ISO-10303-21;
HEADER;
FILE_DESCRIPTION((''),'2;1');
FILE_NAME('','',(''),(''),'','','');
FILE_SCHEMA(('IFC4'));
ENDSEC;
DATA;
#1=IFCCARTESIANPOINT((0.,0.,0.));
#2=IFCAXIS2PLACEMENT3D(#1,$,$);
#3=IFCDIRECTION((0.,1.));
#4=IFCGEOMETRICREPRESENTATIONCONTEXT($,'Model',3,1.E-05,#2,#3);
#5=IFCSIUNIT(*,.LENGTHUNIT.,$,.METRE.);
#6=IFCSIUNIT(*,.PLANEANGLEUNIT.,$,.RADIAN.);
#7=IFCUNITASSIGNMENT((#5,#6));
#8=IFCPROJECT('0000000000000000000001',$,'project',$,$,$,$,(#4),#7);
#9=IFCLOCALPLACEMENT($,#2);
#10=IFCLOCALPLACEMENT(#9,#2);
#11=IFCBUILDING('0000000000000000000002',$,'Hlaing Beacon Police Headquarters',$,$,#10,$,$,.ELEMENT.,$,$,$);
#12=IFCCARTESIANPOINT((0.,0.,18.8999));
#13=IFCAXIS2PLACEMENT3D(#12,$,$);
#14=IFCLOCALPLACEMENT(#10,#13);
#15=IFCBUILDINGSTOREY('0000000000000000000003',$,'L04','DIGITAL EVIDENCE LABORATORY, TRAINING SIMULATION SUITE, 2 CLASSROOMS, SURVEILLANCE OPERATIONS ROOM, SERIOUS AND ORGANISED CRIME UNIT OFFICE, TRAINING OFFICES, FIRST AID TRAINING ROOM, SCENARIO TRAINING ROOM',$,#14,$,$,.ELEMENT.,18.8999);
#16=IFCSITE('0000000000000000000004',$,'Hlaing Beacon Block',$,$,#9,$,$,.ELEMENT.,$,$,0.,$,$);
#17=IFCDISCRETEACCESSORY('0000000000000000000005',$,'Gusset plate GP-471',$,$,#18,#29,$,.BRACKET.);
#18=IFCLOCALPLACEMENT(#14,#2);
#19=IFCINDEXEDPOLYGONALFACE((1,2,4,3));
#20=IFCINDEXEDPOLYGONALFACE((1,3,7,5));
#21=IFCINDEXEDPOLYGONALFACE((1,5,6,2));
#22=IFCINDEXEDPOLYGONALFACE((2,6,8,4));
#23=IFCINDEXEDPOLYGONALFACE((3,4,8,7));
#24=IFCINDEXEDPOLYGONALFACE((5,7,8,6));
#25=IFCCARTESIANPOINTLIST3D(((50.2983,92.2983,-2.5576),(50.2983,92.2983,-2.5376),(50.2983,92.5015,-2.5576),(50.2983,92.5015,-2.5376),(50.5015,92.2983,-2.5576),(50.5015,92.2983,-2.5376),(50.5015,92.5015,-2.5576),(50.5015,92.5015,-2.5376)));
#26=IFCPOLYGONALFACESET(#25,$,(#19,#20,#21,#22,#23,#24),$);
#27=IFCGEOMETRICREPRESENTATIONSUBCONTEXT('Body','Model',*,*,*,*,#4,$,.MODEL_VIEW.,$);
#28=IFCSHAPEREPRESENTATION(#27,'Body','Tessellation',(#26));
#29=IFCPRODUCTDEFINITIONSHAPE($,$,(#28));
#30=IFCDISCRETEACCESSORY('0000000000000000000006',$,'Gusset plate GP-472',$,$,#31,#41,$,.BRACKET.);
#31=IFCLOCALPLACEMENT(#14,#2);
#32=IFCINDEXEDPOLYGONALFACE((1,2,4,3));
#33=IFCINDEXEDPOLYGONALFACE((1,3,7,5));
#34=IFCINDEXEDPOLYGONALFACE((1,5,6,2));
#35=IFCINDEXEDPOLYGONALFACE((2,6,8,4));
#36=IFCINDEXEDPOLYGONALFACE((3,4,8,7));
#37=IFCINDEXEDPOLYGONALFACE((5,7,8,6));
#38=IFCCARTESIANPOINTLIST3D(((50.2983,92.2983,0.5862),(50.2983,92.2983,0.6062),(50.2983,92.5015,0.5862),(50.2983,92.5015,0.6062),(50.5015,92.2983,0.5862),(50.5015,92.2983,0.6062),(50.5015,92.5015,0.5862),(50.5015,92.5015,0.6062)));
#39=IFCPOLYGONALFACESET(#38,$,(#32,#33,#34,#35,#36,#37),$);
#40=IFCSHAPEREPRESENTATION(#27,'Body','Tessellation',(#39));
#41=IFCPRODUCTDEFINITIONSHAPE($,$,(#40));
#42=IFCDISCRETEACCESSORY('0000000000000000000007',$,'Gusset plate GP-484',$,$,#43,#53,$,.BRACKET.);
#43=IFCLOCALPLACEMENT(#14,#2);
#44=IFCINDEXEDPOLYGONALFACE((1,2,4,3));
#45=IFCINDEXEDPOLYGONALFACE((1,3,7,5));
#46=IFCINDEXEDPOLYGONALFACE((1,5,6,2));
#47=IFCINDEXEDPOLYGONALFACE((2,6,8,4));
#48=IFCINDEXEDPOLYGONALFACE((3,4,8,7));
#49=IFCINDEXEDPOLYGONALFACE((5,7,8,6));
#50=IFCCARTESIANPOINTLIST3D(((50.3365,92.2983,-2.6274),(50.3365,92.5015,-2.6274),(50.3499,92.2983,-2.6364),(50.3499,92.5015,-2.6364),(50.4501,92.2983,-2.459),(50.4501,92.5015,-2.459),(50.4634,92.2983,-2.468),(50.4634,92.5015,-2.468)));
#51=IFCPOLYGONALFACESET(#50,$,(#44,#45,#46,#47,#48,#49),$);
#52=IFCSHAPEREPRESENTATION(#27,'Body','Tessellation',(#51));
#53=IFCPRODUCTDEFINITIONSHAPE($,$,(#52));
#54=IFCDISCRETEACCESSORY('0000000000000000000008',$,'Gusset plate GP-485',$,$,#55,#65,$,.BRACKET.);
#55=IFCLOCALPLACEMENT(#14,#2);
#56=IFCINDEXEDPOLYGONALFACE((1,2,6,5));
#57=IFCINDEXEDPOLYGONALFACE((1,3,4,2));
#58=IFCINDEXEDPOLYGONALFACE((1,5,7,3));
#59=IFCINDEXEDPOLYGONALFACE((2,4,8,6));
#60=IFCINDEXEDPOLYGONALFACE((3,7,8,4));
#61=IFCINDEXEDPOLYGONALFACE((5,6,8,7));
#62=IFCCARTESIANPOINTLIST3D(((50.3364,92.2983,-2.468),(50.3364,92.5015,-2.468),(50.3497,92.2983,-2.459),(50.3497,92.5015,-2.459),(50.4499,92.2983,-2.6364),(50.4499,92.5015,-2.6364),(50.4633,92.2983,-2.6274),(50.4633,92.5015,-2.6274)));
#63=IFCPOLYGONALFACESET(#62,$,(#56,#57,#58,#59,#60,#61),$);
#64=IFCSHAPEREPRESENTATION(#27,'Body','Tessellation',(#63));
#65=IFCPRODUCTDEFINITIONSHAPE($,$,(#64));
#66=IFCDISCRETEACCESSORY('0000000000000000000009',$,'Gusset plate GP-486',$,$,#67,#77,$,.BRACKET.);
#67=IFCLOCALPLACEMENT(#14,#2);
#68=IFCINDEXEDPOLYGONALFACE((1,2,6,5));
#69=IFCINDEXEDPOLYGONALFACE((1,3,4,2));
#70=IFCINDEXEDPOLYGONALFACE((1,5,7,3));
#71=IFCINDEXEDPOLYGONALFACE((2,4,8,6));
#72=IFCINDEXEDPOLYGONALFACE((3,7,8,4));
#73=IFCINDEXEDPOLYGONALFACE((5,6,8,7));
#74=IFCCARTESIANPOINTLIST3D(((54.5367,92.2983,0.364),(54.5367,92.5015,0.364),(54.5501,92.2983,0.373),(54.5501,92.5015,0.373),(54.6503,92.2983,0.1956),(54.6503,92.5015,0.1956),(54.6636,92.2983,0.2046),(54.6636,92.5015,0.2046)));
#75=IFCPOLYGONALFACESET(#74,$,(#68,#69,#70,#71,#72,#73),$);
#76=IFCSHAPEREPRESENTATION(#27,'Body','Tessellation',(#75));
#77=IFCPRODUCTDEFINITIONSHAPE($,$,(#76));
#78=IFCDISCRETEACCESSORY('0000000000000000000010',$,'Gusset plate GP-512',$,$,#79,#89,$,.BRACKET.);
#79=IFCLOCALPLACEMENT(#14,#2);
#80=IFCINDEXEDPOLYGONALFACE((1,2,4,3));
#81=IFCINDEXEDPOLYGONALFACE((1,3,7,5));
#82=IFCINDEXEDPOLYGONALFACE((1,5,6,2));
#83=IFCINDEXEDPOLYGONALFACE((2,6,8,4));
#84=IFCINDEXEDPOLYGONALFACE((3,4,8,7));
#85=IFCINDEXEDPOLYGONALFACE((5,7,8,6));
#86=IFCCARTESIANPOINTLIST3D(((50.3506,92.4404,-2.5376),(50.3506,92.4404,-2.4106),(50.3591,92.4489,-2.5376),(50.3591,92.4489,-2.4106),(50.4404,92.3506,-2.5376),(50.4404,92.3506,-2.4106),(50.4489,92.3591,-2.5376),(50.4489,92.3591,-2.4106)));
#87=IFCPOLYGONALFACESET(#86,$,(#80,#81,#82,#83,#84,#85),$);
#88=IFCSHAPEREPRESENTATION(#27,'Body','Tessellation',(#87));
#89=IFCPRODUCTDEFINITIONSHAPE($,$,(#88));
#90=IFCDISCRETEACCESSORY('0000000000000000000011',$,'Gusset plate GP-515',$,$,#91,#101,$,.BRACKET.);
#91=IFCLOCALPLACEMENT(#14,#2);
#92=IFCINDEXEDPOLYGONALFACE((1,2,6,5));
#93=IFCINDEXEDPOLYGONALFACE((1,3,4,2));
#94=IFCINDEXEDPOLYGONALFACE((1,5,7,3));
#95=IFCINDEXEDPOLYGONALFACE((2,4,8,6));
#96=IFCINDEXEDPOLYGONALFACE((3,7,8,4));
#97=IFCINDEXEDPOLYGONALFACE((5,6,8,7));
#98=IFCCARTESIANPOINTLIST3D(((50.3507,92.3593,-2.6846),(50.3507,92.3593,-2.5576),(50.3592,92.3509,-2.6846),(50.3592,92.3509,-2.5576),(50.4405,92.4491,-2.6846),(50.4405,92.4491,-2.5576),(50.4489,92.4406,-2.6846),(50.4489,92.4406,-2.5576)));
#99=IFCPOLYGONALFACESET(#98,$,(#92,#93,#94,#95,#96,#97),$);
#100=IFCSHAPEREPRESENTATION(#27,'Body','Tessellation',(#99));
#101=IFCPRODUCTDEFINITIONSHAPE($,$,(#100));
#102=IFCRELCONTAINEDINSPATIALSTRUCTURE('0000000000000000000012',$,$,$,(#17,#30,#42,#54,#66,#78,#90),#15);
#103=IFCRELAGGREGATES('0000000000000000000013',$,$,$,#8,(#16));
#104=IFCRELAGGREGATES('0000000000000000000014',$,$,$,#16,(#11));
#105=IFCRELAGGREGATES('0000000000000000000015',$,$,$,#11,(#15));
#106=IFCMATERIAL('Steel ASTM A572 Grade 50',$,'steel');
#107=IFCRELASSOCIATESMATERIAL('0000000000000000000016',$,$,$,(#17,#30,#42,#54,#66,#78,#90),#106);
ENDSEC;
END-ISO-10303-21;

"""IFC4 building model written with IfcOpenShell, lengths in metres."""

from ifc_helpers import new_model, si_unit, direction, frame, origin, origin_2d, place, context, subcontext, project, spatial, rectangle, extrude, material, element, save


model = new_model("IFC4")

# Units and contexts
model_context = context("Model", 3, precision=1e-05, world=origin(), true_north=direction((0.0, 1.0)))
body_context = subcontext(model_context, "Body", "Model", "MODEL_VIEW")
ifc_project = project(units=[si_unit("LENGTHUNIT", "METRE"), si_unit("PLANEANGLEUNIT", "RADIAN")], contexts=[model_context])

# Site, building, storey
site_placement = place(None, origin())
site = spatial("IfcSite", under=ifc_project, at=site_placement, Name="Hlaing Beacon Block", CompositionType="ELEMENT", RefElevation=0.0)
building_placement = place(site_placement, origin())
building = spatial("IfcBuilding", under=site, at=building_placement, Name="Hlaing Beacon Police Headquarters", CompositionType="ELEMENT")
storey_placement = place(building_placement, frame((0.0, 0.0, 18.8999)))
storey = spatial("IfcBuildingStorey", under=building, at=storey_placement, Name="L04", Description="DIGITAL EVIDENCE LABORATORY, TRAINING SIMULATION SUITE, 2 CLASSROOMS, SURVEILLANCE OPERATIONS ROOM, SERIOUS AND ORGANISED CRIME UNIT OFFICE, TRAINING OFFICES, FIRST AID TRAINING ROOM, SCENARIO TRAINING ROOM", CompositionType="ELEMENT", Elevation=18.8999)

# Discrete accessories
ifc_material_1 = material(Name="Steel ASTM A572 Grade 50", Category="steel")
for number, where, z_axis, x_axis, name in (
    (1, (50.3999, 92.3999, -2.5376), (0.0, 0.0, -1.0), (1.0, 0.0, 0.0), "Gusset plate GP-471"),
    (2, (50.3999, 92.3999, 0.5862), (0.0, 0.0, 1.0), (1.0, 0.0, 0.0), "Gusset plate GP-472"),
):
    element("IfcDiscreteAccessory", number, at=place(storey_placement, frame(where, z_axis=z_axis, x_axis=x_axis)), inside=storey, material=ifc_material_1, Name=name, PredefinedType="BRACKET", context=body_context, shape_type="SweptSolid", body=[
        extrude(rectangle(XDim=0.2031, YDim=0.2031, at=origin_2d()), origin(), (0.0, 0.0, 1.0), 0.02),
    ])
for number, where, z_axis, x_axis, name in (
    (3, (50.3933, 92.3999, -2.5432), (0.82914, 0.0, -0.559042), (0.0, 1.0, 0.0), "Gusset plate GP-484"),
    (4, (50.4065, 92.3999, -2.5432), (-0.829155, 0.0, -0.559019), (0.0, -1.0, 0.0), "Gusset plate GP-485"),
    (5, (54.5935, 92.3999, 0.2798), (0.829155, 0.0, 0.559019), (0.0, 1.0, 0.0), "Gusset plate GP-486"),
):
    element("IfcDiscreteAccessory", number, at=place(storey_placement, frame(where, z_axis=z_axis, x_axis=x_axis)), inside=storey, material=ifc_material_1, Name=name, PredefinedType="BRACKET", context=body_context, shape_type="SweptSolid", body=[
        extrude(rectangle(XDim=0.2031, YDim=0.2031, at=origin_2d()), origin(), (0.0, 0.0, 1.0), 0.0161),
    ])
for number, where, z_axis, x_axis, name in (
    (6, (50.3955, 92.3955, -2.4741), (0.707107, 0.707107, 0.0), (-0.707107, 0.707107, 0.0), "Gusset plate GP-512"),
    (7, (50.4041, 92.3958, -2.6211), (-0.707117, 0.707097, 0.0), (-0.707097, -0.707117, 0.0), "Gusset plate GP-515"),
):
    element("IfcDiscreteAccessory", number, at=place(storey_placement, frame(where, z_axis=z_axis, x_axis=x_axis)), inside=storey, material=ifc_material_1, Name=name, PredefinedType="BRACKET", context=body_context, shape_type="SweptSolid", body=[
        extrude(rectangle(XDim=0.127, YDim=0.127, at=origin_2d()), origin(), (0.0, 0.0, 1.0), 0.012),
    ])

save(model, "model.ifc")
